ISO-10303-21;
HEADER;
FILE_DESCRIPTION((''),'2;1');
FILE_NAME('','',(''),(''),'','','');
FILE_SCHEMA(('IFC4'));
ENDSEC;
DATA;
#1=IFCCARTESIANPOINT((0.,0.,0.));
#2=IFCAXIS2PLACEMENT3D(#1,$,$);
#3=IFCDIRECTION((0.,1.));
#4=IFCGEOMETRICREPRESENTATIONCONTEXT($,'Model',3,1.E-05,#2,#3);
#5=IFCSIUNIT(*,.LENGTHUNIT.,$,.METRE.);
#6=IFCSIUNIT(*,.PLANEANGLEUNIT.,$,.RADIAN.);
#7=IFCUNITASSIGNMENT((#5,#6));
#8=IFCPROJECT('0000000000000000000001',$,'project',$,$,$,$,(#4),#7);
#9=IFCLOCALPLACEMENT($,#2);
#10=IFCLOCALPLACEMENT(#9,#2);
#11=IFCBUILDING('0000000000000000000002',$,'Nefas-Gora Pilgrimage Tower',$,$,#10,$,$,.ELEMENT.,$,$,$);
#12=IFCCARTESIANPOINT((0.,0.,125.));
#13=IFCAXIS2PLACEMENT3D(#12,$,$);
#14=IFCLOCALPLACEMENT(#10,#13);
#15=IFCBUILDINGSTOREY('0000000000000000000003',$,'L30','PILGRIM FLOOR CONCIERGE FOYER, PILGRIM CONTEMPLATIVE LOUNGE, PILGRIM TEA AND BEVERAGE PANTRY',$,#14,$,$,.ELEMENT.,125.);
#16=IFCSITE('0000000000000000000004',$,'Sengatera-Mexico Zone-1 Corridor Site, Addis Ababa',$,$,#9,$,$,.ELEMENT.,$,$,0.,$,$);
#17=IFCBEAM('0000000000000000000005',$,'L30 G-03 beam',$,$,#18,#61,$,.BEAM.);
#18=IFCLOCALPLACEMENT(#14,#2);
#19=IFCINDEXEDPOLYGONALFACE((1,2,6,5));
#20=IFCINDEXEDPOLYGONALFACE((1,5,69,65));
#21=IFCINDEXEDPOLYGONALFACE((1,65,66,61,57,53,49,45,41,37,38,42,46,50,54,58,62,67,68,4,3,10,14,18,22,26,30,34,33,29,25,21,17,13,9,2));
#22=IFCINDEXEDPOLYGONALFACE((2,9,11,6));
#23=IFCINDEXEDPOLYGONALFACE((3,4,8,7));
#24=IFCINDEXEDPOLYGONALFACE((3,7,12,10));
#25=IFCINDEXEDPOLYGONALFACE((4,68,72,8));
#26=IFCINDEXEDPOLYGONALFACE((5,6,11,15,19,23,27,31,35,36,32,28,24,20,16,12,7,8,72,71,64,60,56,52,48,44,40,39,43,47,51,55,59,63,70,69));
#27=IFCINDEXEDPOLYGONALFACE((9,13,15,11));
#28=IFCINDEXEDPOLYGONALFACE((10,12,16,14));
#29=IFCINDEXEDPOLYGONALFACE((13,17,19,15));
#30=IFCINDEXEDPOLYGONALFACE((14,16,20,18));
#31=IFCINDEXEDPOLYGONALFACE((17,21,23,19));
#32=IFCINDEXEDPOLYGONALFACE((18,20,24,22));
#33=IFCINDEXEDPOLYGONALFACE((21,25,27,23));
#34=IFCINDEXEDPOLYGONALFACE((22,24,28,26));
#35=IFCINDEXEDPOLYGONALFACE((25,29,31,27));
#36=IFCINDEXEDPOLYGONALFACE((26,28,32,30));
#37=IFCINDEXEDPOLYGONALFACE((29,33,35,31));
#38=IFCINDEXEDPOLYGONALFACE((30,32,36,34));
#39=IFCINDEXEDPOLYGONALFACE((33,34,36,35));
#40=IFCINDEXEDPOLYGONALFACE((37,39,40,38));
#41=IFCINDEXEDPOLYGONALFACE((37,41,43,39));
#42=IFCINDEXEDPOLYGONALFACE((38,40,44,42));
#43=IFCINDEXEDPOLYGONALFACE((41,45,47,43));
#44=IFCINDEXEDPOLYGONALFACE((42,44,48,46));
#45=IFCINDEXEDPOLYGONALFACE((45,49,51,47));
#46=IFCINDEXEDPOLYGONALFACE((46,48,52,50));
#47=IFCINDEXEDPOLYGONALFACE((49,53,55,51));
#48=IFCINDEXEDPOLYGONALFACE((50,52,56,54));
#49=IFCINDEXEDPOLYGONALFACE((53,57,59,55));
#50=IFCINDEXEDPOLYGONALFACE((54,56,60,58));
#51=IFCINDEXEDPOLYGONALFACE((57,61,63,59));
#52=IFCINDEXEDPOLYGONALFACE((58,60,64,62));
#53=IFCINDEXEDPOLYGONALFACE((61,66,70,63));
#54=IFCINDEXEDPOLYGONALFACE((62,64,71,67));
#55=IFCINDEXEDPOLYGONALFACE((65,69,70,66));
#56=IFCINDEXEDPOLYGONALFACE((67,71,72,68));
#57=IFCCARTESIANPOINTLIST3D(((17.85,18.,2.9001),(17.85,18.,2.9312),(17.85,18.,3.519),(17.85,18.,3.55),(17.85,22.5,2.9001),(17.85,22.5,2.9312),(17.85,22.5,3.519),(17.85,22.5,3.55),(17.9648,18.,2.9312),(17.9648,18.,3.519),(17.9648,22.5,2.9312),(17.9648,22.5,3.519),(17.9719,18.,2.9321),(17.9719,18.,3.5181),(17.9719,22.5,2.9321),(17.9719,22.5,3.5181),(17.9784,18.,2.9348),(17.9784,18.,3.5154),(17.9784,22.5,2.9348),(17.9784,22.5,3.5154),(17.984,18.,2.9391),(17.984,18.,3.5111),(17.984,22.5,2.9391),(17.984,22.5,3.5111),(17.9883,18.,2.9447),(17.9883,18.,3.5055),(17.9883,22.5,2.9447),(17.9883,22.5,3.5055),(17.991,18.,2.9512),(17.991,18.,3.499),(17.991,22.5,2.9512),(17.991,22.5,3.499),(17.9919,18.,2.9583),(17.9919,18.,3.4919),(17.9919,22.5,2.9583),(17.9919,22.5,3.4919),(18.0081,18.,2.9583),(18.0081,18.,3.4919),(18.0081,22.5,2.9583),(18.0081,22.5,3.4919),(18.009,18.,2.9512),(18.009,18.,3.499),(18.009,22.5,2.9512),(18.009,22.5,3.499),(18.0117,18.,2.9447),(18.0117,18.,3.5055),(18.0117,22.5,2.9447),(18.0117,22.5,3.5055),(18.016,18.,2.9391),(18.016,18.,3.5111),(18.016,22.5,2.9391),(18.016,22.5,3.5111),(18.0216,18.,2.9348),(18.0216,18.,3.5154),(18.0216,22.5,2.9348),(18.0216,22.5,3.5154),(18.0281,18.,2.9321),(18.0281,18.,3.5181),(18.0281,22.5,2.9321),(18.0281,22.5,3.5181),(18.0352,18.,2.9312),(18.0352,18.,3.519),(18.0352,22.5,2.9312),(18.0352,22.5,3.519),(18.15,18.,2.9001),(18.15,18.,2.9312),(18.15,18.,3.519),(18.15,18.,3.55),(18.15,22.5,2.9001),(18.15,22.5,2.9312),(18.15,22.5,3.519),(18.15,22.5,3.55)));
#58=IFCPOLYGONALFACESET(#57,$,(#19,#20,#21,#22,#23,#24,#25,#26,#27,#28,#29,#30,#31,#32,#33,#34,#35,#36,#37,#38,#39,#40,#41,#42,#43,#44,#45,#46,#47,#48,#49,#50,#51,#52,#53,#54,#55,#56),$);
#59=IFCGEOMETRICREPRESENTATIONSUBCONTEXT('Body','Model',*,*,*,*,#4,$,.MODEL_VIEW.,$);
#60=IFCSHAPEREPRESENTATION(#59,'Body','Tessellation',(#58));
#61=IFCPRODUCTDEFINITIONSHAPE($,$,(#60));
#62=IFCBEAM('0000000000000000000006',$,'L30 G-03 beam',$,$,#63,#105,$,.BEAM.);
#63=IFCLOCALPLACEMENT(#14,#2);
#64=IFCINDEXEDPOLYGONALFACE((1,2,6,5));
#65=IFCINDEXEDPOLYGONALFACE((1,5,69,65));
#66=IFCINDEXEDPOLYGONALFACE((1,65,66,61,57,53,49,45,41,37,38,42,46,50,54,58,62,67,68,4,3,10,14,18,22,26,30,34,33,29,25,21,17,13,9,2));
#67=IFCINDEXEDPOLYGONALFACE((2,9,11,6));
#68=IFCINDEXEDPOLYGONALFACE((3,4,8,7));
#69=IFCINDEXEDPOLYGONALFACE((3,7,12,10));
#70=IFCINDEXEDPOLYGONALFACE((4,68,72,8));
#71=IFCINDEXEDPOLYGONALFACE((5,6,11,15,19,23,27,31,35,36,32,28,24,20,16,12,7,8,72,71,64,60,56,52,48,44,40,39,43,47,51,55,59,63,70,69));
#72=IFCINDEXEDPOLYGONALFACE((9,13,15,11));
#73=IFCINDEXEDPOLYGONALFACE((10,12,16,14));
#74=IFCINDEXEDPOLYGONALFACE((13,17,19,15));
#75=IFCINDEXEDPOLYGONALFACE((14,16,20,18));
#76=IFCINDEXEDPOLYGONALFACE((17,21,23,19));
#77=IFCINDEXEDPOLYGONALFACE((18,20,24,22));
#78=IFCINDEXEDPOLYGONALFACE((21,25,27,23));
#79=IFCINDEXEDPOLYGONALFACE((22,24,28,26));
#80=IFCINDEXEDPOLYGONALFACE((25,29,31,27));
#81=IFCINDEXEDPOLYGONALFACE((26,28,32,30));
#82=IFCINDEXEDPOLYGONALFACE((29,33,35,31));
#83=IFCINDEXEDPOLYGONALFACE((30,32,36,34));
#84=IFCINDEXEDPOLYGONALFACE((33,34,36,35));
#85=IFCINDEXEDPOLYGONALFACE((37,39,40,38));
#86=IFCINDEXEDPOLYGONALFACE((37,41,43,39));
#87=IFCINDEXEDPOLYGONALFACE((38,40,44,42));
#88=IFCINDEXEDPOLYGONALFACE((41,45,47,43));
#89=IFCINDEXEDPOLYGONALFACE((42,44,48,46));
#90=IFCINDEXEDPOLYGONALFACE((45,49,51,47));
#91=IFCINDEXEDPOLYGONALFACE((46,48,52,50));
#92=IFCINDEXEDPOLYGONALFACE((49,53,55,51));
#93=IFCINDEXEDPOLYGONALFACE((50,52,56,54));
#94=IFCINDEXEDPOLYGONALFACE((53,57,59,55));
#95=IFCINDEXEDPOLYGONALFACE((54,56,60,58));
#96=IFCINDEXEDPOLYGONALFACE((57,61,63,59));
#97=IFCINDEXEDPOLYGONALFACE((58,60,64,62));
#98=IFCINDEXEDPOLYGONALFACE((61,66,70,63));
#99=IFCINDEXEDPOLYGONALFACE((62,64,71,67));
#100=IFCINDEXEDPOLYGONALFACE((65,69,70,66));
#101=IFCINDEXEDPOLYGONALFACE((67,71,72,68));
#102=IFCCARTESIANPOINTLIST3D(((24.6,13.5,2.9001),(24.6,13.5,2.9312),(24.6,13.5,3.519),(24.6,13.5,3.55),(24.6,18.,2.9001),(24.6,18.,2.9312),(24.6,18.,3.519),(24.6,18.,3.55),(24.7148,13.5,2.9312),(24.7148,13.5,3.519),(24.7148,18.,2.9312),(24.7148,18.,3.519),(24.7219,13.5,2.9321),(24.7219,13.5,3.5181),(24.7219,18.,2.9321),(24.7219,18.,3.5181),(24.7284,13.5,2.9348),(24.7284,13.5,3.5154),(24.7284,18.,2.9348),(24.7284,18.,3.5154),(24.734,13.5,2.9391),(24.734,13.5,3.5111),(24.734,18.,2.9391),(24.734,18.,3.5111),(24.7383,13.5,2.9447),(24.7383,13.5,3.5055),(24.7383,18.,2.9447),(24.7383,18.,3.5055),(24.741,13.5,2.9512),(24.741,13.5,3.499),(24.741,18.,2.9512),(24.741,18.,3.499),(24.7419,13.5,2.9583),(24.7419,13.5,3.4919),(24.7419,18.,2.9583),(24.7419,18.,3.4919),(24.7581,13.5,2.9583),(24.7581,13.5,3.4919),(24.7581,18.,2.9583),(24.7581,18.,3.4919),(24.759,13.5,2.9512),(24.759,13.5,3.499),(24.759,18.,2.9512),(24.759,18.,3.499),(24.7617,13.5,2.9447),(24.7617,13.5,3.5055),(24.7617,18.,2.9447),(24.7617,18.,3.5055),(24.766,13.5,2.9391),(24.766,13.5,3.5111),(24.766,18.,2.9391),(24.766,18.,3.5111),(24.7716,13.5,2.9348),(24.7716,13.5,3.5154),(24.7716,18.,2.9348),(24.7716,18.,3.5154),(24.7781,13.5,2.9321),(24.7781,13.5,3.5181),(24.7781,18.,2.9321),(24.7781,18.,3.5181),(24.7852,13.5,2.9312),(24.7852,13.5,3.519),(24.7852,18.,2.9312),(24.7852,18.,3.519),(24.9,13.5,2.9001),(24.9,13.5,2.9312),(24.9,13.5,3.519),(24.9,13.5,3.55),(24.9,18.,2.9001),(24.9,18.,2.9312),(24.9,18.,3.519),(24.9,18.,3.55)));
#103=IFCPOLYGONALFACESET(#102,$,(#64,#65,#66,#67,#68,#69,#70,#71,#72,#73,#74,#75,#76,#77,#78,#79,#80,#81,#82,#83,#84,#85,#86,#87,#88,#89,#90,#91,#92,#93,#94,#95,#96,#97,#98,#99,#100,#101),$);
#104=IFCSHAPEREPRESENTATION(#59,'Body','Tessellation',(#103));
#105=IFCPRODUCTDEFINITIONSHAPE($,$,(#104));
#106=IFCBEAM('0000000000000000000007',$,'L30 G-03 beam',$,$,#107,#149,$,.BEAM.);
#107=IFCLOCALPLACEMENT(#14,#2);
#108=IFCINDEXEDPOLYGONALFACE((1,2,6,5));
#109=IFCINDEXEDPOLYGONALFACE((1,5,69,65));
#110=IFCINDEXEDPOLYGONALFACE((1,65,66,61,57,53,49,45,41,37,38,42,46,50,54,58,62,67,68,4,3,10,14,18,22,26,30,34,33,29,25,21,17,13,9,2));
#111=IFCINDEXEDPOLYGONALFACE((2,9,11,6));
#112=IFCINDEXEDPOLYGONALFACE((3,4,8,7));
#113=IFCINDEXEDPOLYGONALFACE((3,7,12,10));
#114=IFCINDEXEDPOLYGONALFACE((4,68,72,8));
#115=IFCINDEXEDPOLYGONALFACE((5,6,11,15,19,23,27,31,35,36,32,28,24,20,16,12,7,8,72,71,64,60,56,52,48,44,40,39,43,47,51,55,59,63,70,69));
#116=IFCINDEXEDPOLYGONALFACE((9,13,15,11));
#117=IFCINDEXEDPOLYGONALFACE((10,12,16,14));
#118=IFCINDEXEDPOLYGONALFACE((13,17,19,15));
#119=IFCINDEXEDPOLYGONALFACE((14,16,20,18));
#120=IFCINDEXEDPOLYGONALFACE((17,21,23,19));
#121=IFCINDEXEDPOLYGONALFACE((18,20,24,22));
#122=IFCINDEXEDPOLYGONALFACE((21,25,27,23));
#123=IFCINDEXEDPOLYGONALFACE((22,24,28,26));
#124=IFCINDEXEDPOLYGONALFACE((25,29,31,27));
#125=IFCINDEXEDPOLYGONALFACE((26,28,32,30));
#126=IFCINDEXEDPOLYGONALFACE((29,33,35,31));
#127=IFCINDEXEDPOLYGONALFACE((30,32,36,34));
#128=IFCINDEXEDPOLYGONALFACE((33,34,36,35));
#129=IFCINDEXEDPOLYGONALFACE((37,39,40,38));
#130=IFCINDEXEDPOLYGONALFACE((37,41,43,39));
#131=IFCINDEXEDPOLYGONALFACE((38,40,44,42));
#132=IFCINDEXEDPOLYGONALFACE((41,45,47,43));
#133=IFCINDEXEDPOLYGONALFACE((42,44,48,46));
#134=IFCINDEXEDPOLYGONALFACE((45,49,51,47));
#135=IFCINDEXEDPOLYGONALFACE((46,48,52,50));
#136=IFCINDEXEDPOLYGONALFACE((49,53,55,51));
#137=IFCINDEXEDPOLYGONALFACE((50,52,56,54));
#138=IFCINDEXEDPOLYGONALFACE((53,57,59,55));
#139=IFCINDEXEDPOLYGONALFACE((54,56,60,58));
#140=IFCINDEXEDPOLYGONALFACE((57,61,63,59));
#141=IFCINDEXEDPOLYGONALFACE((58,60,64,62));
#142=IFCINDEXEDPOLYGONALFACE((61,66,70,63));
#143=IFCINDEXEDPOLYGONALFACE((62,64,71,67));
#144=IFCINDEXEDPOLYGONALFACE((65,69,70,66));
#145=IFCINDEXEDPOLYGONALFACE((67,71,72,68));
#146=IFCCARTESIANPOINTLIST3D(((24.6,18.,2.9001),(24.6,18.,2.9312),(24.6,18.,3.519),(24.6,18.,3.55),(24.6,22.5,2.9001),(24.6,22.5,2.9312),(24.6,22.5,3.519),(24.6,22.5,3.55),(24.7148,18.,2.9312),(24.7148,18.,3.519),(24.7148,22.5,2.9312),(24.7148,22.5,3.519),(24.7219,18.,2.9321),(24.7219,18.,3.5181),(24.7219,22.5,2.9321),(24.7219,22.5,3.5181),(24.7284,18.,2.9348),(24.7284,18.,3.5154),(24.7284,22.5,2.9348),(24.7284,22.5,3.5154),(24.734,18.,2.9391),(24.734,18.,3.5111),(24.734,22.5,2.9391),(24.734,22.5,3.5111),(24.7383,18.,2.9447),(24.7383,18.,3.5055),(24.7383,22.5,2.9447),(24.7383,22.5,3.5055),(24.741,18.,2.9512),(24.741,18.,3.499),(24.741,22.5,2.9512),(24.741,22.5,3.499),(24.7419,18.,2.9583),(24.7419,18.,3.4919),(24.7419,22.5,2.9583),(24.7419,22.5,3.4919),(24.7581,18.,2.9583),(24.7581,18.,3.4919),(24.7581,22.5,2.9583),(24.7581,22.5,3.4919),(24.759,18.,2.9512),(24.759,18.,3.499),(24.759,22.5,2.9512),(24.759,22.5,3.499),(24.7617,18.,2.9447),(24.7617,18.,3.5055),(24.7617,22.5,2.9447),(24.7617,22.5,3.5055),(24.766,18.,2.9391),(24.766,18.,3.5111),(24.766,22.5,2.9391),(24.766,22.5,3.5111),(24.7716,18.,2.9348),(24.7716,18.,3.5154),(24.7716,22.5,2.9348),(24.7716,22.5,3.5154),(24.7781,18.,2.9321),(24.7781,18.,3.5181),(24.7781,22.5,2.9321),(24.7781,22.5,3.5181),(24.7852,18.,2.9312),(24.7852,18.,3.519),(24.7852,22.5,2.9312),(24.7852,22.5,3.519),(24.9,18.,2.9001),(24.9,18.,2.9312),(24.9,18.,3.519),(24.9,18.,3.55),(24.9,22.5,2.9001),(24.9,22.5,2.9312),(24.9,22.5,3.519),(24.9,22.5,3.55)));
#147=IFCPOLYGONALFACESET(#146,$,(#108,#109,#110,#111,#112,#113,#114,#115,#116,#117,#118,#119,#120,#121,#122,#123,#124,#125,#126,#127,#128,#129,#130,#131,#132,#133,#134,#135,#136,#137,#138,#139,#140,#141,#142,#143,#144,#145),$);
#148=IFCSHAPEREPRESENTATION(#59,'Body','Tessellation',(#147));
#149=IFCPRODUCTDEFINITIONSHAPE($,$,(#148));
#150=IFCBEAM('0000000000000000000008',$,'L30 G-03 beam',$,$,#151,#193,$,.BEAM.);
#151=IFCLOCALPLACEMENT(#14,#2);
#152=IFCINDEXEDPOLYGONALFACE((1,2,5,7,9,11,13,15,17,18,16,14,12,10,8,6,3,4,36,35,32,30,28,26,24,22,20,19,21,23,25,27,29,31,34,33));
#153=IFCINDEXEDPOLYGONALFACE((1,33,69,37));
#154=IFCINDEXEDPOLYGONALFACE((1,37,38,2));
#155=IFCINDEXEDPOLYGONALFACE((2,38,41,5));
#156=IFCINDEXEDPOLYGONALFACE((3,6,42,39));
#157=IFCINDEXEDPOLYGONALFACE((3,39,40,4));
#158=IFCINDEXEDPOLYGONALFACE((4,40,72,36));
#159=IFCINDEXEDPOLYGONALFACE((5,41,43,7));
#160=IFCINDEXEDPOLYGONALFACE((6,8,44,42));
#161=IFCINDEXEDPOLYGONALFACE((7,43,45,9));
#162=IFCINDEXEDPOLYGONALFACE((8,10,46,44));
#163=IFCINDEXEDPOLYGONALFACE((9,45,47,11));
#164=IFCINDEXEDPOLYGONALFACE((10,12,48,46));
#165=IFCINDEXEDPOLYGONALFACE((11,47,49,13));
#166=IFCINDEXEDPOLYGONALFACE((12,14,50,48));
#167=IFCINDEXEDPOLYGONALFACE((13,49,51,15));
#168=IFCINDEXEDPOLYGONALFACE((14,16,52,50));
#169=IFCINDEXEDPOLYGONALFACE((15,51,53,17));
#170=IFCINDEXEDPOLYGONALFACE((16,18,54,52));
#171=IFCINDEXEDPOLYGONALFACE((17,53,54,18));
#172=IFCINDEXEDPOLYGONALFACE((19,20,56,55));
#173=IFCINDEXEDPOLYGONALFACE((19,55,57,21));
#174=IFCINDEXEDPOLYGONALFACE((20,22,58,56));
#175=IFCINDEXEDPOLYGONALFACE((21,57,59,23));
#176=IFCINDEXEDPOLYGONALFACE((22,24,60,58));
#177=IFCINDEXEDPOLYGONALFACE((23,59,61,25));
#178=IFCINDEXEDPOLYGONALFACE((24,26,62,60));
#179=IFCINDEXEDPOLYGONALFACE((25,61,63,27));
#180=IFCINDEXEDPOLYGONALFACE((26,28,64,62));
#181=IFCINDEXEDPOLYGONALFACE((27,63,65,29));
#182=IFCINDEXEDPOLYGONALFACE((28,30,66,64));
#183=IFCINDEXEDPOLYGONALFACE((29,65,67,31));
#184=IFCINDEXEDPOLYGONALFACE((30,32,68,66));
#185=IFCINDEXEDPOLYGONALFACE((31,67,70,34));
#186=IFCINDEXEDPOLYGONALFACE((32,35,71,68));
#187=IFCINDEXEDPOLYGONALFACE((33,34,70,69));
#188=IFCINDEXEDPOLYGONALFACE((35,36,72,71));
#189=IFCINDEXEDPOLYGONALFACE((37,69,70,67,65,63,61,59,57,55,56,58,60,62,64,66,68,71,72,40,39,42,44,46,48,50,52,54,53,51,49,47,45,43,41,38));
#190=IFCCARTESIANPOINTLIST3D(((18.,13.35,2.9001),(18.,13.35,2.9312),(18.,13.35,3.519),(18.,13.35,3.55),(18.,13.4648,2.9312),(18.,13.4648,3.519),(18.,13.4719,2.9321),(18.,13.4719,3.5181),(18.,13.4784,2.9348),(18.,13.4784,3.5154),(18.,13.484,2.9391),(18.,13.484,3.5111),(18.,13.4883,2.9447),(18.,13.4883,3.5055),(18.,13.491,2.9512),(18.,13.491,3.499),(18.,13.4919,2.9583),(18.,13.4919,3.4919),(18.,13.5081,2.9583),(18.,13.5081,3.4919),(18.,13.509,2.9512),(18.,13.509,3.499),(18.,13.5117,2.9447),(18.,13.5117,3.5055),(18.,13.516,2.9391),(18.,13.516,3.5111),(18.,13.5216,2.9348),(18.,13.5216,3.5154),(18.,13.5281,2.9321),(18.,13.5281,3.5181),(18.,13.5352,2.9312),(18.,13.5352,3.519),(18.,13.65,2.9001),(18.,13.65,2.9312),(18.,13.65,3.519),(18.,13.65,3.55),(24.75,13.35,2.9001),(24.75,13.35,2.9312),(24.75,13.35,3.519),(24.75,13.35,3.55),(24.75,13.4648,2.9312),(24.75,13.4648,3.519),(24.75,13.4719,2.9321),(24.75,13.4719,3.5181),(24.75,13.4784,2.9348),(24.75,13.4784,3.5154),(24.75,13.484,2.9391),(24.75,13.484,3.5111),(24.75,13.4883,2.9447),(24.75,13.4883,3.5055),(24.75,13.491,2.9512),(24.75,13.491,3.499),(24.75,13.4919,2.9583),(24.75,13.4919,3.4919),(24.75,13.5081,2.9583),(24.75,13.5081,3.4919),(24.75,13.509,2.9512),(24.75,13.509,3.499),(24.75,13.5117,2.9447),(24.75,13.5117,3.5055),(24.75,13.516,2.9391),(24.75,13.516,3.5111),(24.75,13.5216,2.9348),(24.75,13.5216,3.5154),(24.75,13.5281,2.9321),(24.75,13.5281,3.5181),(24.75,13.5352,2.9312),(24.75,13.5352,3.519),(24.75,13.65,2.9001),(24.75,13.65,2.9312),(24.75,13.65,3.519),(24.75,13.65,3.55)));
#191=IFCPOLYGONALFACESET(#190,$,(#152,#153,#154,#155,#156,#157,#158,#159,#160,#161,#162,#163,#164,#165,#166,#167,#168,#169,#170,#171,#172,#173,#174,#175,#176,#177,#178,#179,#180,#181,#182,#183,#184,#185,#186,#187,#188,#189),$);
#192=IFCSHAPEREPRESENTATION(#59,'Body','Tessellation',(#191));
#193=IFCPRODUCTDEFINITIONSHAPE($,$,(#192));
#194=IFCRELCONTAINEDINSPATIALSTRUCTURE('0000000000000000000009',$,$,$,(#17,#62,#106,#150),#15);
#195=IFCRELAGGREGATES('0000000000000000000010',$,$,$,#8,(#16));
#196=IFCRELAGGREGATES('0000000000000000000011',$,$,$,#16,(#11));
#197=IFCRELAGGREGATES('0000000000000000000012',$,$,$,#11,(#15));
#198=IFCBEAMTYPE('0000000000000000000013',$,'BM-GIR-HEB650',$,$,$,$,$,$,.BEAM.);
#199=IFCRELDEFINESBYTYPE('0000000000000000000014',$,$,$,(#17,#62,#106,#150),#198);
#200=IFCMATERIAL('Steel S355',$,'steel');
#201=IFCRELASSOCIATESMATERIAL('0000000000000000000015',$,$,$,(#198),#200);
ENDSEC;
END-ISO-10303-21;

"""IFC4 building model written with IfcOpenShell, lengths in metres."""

from ifc_helpers import new_model, si_unit, direction, frame, origin, origin_2d, place, context, subcontext, project, spatial, i_section, extrude, source, transform, mapped, material, material_profile, profile_set, type_object, element, save


model = new_model("IFC4")

# Units and contexts
model_context = context("Model", 3, precision=1e-05, world=origin(), true_north=direction((0.0, 1.0)))
body_context = subcontext(model_context, "Body", "Model", "MODEL_VIEW")
ifc_project = project(units=[si_unit("LENGTHUNIT", "METRE"), si_unit("PLANEANGLEUNIT", "RADIAN")], contexts=[model_context])

# Site, building, storey
site_placement = place(None, origin())
site = spatial("IfcSite", under=ifc_project, at=site_placement, Name="Sengatera-Mexico Zone-1 Corridor Site, Addis Ababa", CompositionType="ELEMENT", RefElevation=0.0)
building_placement = place(site_placement, origin())
building = spatial("IfcBuilding", under=site, at=building_placement, Name="Nefas-Gora Pilgrimage Tower", CompositionType="ELEMENT")
storey_placement = place(building_placement, frame((0.0, 0.0, 125.0)))
storey = spatial("IfcBuildingStorey", under=building, at=storey_placement, Name="L30", Description="PILGRIM FLOOR CONCIERGE FOYER, PILGRIM CONTEMPLATIVE LOUNGE, PILGRIM TEA AND BEVERAGE PANTRY", CompositionType="ELEMENT", Elevation=125.0)

# Beams
ifc_material_1 = material(Name="Steel S355", Category="steel")
ifc_material_profile_1 = material_profile(ifc_material_1, i_section(OverallWidth=0.3, OverallDepth=0.6499, WebThickness=0.0161, FlangeThickness=0.031, FilletRadius=0.0271, at=origin_2d()), Name="HEB 650")
ifc_profile_set_1 = profile_set([ifc_material_profile_1], Name="Steel S355")
beam_type_1 = type_object("IfcBeamType", Name="BM-GIR-HEB650", PredefinedType="BEAM", material=ifc_profile_set_1)
shared_shape_1 = source(origin(), body_context, "Body", "SweptSolid", [
    extrude(i_section(OverallWidth=0.3, OverallDepth=0.6499, WebThickness=0.0161, FlangeThickness=0.031, FilletRadius=0.0271, at=origin_2d()), origin(), (0.0, 0.0, 1.0), 4.5),
])
for number, where, z_axis, x_axis, name in (
    (1, (18.0, 18.0, 3.2251), (0.0, 1.0, 0.0), (-1.0, 0.0, 0.0), "L30 G-03 beam"),
    (2, (24.75, 13.5, 3.2251), (0.0, 1.0, 0.0), (-1.0, 0.0, 0.0), "L30 G-03 beam"),
    (3, (24.75, 18.0, 3.2251), (0.0, 1.0, 0.0), (-1.0, 0.0, 0.0), "L30 G-03 beam"),
):
    element("IfcBeam", number, at=place(storey_placement, frame(where, z_axis=z_axis, x_axis=x_axis)), inside=storey, type_object=beam_type_1, Name=name, PredefinedType="BEAM", context=body_context, shape_type="MappedRepresentation", body=[
        mapped(shared_shape_1, transform((0.0, 0.0, 0.0), x_axis=(1.0, 0.0, 0.0), y_axis=(0.0, 1.0, 0.0), z_axis=(0.0, 0.0, 1.0), scale=1.0)),
    ])
shared_shape_2 = source(origin(), body_context, "Body", "SweptSolid", [
    extrude(i_section(OverallWidth=0.3, OverallDepth=0.6499, WebThickness=0.0161, FlangeThickness=0.031, FilletRadius=0.0271, at=origin_2d()), origin(), (0.0, 0.0, 1.0), 6.75),
])
for number, where, z_axis, x_axis, name in (
    (4, (18.0, 13.5, 3.2251), (1.0, 0.0, 0.0), (0.0, 1.0, 0.0), "L30 G-03 beam"),
):
    element("IfcBeam", number, at=place(storey_placement, frame(where, z_axis=z_axis, x_axis=x_axis)), inside=storey, type_object=beam_type_1, Name=name, PredefinedType="BEAM", context=body_context, shape_type="MappedRepresentation", body=[
        mapped(shared_shape_2, transform((0.0, 0.0, 0.0), x_axis=(1.0, 0.0, 0.0), y_axis=(0.0, 1.0, 0.0), z_axis=(0.0, 0.0, 1.0), scale=1.0)),
    ])

save(model, "model.ifc")
